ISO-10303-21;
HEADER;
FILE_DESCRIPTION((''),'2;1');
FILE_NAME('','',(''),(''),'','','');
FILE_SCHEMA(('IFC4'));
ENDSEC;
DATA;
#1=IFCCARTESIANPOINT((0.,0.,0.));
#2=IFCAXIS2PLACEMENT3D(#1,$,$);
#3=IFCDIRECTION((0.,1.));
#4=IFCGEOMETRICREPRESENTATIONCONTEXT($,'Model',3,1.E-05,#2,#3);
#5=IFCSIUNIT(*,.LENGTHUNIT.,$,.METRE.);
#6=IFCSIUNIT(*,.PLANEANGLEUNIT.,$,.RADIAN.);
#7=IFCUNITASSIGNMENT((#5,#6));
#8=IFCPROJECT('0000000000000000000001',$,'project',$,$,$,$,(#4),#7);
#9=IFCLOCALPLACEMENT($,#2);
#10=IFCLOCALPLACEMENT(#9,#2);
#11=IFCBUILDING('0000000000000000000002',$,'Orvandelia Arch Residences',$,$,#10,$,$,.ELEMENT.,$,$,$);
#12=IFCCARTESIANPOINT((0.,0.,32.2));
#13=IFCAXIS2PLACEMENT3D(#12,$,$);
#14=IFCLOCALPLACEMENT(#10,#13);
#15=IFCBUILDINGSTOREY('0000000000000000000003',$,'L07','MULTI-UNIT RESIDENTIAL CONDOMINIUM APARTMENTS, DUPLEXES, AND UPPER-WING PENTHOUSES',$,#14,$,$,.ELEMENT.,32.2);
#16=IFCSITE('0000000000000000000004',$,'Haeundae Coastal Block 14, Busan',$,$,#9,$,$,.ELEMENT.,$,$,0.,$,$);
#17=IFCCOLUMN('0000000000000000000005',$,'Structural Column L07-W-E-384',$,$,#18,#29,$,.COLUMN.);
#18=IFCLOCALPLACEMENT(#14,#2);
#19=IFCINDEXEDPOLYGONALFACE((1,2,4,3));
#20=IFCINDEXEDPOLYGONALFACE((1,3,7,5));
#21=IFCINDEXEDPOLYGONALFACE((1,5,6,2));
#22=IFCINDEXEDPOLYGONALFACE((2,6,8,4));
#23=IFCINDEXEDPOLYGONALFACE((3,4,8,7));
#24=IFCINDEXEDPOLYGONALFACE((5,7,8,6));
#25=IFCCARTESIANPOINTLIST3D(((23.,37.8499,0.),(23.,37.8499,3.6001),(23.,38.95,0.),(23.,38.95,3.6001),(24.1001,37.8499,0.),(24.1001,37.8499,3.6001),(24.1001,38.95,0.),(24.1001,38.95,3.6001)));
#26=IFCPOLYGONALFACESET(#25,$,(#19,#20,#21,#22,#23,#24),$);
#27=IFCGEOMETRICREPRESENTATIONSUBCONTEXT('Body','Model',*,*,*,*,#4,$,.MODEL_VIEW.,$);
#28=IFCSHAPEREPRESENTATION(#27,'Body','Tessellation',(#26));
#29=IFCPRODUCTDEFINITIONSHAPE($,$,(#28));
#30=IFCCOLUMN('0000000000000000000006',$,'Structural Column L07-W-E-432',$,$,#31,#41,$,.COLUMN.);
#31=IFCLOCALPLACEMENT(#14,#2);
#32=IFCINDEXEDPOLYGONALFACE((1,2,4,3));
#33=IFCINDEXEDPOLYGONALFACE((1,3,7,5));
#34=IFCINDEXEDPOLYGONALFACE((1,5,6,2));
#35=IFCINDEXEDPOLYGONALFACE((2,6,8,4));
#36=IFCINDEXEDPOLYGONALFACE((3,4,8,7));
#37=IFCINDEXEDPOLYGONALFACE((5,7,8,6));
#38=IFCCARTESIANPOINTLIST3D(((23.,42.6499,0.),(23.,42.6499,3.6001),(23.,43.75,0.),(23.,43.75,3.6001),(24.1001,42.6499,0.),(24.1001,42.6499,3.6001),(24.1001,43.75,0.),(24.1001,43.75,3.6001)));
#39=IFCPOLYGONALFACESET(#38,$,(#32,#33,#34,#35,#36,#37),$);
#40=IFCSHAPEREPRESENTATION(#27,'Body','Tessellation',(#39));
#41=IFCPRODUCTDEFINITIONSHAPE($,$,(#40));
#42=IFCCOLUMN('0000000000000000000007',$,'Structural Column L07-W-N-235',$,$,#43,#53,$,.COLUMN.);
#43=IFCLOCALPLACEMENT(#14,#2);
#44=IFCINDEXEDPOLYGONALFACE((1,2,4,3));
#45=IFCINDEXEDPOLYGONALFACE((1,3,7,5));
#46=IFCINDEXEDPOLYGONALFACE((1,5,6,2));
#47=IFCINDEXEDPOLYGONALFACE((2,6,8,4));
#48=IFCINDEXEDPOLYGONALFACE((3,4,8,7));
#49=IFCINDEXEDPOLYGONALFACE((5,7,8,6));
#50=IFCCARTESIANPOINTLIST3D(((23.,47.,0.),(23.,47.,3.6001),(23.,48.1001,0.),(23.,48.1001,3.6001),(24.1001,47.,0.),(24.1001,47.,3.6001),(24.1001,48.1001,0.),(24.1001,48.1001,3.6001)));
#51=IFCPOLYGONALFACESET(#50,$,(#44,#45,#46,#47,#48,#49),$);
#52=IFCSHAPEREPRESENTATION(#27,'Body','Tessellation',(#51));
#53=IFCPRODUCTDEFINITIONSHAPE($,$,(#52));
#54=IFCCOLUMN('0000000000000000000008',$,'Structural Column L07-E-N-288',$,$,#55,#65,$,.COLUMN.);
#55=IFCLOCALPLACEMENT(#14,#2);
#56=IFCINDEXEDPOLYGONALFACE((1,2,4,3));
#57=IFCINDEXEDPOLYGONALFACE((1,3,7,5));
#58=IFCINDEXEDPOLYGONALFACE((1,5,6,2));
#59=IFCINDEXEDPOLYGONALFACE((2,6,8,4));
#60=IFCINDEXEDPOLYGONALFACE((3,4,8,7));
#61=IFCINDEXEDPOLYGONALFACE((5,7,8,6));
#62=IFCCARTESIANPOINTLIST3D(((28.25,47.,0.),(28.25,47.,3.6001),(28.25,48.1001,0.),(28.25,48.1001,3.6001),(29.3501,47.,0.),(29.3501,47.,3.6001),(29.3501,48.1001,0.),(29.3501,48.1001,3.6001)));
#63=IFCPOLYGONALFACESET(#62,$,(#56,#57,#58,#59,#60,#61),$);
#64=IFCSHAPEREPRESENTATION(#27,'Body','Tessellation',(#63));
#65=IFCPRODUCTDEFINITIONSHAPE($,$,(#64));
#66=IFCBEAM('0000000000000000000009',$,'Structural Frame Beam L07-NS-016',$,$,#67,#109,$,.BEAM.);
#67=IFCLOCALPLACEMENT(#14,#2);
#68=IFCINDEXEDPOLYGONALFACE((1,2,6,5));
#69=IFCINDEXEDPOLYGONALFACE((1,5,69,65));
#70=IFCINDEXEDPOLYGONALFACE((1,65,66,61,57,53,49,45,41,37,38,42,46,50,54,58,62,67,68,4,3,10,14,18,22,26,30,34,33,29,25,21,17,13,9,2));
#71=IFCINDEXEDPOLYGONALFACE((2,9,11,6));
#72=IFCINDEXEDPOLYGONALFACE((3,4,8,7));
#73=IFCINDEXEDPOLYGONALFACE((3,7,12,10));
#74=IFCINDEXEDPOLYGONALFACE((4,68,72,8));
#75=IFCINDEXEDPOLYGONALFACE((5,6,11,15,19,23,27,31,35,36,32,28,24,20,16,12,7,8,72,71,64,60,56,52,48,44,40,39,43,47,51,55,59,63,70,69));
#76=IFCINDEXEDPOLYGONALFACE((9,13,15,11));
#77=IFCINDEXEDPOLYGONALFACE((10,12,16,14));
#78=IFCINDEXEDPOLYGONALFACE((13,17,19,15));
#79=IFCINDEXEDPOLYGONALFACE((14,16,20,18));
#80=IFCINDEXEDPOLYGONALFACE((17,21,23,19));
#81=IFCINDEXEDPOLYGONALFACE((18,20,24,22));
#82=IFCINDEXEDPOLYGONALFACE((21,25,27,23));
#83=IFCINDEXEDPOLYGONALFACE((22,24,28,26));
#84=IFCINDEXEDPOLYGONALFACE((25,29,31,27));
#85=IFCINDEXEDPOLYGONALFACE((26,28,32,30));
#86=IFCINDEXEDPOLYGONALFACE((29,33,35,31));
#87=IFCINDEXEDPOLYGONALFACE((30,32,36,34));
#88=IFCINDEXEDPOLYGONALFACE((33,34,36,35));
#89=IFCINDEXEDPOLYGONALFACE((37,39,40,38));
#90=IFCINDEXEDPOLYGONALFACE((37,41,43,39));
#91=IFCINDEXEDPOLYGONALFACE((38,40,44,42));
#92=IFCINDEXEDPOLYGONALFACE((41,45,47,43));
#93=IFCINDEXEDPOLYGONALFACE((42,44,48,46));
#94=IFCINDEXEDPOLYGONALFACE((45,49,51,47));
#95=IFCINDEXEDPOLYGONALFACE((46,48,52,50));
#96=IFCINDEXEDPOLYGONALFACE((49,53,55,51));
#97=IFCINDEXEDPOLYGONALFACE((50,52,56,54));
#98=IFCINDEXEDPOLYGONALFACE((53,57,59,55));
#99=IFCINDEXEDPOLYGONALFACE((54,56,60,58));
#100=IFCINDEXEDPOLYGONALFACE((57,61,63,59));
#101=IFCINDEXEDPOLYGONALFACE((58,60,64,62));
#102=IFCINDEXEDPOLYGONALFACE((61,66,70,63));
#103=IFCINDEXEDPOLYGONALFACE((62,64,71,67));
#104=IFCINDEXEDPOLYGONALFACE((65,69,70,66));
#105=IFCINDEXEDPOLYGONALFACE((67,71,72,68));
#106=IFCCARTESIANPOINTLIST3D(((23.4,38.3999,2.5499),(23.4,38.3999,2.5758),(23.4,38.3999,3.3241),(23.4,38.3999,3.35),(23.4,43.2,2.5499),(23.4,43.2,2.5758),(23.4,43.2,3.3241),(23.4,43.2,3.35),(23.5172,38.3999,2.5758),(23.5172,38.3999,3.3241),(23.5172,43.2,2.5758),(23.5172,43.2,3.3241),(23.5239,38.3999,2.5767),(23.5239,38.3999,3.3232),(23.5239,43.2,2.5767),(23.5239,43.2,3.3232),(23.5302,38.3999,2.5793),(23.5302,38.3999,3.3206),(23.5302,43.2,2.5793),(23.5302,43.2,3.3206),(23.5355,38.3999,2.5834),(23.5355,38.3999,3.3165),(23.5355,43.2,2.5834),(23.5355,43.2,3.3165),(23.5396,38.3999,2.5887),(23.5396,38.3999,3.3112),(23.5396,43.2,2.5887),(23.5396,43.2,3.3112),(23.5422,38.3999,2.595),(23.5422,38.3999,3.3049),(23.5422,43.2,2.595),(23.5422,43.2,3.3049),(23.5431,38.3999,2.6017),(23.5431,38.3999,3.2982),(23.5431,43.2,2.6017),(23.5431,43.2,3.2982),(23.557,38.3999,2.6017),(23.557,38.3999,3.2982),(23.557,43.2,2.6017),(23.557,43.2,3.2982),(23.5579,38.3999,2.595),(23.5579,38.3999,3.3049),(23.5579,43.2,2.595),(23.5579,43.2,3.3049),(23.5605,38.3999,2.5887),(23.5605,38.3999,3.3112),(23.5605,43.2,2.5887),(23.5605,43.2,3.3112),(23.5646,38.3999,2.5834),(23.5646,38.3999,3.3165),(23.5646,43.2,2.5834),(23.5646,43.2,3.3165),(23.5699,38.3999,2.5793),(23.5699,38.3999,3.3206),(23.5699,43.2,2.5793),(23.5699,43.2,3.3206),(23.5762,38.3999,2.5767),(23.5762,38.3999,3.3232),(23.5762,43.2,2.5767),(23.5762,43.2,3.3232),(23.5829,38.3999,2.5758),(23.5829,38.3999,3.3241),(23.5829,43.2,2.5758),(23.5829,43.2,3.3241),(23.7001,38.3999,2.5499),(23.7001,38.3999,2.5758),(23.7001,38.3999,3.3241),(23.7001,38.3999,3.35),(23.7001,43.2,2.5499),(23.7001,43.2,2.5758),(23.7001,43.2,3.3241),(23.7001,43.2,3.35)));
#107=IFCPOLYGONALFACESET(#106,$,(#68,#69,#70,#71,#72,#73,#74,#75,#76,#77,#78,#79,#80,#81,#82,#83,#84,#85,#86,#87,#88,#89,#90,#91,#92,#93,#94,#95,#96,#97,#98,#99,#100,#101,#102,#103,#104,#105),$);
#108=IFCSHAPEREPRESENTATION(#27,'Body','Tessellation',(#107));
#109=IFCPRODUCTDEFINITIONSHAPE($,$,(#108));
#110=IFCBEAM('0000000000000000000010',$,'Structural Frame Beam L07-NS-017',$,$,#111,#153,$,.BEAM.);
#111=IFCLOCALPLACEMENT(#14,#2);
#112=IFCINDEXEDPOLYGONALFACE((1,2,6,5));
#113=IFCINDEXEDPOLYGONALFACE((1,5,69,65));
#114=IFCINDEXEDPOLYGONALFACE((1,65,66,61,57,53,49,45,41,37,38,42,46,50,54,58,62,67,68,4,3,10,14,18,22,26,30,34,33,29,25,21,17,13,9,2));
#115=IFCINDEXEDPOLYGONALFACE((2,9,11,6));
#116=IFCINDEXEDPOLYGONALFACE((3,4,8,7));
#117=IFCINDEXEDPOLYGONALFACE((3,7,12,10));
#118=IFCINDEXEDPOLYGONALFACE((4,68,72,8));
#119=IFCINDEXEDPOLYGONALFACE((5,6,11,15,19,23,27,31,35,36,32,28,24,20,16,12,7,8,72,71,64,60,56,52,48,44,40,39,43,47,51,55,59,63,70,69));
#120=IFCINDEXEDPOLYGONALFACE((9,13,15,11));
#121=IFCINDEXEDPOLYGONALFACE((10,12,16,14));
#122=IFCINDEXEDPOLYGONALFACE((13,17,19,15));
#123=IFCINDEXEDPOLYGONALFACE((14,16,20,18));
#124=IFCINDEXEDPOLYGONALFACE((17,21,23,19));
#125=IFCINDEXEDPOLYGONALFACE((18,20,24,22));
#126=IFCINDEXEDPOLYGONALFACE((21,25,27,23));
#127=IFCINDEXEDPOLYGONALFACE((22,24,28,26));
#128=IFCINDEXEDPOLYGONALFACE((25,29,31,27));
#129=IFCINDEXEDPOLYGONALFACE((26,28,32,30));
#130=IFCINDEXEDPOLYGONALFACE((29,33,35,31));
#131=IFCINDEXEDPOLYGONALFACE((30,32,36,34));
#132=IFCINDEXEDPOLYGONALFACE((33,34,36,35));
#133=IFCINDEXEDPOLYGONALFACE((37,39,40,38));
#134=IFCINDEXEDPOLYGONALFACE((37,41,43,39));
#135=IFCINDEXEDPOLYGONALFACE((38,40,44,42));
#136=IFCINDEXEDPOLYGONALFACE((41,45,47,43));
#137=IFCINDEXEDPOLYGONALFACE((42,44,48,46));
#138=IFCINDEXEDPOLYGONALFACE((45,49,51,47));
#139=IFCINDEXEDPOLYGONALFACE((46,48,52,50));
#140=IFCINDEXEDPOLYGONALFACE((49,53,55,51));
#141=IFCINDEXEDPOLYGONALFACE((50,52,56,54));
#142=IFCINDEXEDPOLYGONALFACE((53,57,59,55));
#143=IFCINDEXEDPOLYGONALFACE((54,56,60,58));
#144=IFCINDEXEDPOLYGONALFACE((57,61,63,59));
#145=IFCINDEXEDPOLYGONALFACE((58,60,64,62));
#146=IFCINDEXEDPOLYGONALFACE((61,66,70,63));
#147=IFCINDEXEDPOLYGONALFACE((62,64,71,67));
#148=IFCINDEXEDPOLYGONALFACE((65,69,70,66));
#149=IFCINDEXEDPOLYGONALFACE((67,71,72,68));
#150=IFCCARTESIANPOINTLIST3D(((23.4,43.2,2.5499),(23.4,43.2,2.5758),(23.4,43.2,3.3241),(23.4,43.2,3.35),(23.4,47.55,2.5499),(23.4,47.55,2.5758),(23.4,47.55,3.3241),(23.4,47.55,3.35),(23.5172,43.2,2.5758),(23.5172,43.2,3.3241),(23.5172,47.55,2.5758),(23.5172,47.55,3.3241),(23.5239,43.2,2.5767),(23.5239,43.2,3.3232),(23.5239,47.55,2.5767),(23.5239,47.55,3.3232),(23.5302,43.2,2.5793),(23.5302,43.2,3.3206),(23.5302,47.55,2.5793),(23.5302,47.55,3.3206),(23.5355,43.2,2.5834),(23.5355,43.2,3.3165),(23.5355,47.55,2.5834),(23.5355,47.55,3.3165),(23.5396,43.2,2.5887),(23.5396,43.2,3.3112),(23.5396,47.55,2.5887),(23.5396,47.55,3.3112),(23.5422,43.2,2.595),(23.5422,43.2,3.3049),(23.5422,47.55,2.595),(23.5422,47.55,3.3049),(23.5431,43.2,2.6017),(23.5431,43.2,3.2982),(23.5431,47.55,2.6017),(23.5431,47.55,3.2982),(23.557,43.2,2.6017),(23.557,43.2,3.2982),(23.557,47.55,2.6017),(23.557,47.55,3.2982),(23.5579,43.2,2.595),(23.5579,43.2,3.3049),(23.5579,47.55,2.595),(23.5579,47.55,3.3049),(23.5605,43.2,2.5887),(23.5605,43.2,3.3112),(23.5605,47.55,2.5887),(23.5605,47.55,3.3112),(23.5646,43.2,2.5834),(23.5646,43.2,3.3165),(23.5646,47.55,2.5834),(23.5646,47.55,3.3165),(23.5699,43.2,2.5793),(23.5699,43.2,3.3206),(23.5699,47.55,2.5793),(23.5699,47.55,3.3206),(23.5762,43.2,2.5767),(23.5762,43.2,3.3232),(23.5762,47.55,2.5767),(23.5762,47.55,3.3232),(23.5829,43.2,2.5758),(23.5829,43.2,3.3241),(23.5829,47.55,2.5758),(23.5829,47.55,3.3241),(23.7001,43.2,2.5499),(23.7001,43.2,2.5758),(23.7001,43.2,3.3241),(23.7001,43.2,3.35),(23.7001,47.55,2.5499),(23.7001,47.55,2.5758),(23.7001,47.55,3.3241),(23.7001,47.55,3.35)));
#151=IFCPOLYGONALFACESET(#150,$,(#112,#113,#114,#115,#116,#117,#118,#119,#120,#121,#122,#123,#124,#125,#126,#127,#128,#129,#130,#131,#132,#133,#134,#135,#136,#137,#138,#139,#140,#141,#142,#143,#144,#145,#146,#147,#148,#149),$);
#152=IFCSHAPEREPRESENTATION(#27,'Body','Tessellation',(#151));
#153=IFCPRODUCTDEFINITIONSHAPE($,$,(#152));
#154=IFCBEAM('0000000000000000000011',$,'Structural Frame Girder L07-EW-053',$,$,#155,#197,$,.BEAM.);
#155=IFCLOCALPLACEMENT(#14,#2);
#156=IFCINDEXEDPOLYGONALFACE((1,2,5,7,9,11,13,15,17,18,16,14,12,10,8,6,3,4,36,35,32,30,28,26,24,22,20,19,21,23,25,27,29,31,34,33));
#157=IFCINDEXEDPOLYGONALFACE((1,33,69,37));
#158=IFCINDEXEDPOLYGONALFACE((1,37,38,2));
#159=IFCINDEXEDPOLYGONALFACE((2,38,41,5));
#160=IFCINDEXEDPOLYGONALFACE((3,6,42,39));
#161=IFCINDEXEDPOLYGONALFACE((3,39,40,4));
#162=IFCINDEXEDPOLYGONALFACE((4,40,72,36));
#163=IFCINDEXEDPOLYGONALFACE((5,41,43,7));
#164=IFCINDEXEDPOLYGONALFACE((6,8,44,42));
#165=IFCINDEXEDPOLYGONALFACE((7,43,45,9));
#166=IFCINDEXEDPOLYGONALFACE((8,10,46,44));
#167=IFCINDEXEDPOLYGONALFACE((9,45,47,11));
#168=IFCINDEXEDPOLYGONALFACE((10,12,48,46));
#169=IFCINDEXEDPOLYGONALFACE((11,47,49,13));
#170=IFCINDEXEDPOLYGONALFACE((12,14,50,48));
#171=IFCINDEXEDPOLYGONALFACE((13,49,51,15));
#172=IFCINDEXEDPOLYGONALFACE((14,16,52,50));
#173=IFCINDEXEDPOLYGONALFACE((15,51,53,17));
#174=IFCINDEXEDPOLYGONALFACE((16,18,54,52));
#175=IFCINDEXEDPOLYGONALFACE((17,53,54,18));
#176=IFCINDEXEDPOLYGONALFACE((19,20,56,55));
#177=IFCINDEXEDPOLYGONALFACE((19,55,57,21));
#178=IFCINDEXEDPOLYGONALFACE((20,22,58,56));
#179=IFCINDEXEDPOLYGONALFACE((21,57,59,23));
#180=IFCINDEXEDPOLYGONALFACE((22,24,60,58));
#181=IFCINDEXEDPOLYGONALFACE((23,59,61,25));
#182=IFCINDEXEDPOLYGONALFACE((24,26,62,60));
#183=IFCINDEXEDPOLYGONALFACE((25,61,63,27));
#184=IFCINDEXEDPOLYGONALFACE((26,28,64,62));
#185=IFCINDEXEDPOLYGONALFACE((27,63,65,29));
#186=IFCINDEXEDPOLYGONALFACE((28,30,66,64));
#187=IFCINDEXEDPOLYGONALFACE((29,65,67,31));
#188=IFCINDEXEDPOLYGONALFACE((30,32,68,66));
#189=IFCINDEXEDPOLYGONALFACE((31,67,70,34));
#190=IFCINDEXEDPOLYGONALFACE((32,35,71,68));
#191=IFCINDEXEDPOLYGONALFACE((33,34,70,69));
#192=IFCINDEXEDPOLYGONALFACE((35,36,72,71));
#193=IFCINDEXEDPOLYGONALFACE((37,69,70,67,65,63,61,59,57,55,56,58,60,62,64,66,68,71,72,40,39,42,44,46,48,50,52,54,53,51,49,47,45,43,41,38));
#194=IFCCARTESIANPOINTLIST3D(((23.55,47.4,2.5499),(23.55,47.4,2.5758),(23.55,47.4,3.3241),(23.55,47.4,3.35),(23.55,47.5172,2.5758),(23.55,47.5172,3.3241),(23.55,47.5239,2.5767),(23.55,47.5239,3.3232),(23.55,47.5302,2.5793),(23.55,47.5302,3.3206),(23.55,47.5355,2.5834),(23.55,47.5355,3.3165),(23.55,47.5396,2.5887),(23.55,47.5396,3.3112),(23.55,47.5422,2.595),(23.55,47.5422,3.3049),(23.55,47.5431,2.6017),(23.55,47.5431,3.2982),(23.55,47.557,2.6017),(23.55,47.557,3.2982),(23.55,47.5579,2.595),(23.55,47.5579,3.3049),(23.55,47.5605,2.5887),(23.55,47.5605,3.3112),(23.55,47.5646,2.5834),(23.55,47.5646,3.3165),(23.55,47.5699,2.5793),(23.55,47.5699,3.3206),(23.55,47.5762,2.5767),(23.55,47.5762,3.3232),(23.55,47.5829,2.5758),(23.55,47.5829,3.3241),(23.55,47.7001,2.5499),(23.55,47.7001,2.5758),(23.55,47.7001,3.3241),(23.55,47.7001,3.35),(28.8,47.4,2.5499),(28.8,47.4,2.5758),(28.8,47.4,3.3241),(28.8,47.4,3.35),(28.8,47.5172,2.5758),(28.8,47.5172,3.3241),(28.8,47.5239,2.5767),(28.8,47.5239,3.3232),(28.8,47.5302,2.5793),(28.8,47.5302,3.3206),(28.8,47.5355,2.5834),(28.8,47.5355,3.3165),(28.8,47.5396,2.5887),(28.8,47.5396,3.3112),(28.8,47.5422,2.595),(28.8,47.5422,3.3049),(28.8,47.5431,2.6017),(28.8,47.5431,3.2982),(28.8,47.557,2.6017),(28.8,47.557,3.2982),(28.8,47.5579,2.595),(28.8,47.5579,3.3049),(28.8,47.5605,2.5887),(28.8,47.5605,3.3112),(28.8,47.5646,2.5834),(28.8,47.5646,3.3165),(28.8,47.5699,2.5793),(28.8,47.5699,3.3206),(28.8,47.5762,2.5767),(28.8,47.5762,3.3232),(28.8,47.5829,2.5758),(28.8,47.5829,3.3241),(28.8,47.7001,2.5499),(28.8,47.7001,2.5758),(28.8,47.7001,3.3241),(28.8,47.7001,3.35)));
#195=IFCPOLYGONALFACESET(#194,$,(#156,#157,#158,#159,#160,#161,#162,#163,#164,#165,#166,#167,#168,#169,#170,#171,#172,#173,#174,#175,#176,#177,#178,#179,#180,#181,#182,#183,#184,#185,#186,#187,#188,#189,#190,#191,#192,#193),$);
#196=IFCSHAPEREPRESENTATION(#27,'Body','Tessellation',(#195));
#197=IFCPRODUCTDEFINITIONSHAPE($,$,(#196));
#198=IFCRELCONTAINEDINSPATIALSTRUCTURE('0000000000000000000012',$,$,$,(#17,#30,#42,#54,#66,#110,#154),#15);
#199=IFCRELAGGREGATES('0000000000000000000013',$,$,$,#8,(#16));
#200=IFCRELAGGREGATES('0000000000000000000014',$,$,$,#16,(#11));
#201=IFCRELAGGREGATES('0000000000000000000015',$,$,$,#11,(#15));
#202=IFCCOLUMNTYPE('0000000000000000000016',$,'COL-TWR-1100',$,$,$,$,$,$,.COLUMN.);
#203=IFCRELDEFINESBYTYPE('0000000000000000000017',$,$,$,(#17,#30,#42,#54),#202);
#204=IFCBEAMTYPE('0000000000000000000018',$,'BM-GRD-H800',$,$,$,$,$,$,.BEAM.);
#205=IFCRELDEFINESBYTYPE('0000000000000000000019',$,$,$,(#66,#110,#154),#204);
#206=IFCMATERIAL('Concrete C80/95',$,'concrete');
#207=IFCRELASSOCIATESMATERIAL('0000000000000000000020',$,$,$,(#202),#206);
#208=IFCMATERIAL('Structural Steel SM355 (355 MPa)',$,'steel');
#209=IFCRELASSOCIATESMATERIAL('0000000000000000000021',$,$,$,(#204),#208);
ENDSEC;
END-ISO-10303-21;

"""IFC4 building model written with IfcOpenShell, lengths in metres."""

from ifc_helpers import new_model, si_unit, direction, frame, origin, origin_2d, place, context, subcontext, project, spatial, rectangle, i_section, extrude, material, material_profile, profile_set, type_object, element, save


model = new_model("IFC4")

# Units and contexts
model_context = context("Model", 3, precision=1e-05, world=origin(), true_north=direction((0.0, 1.0)))
body_context = subcontext(model_context, "Body", "Model", "MODEL_VIEW")
ifc_project = project(units=[si_unit("LENGTHUNIT", "METRE"), si_unit("PLANEANGLEUNIT", "RADIAN")], contexts=[model_context])

# Site, building, storey
site_placement = place(None, origin())
site = spatial("IfcSite", under=ifc_project, at=site_placement, Name="Haeundae Coastal Block 14, Busan", CompositionType="ELEMENT", RefElevation=0.0)
building_placement = place(site_placement, origin())
building = spatial("IfcBuilding", under=site, at=building_placement, Name="Orvandelia Arch Residences", CompositionType="ELEMENT")
storey_placement = place(building_placement, frame((0.0, 0.0, 32.2)))
storey = spatial("IfcBuildingStorey", under=building, at=storey_placement, Name="L07", Description="MULTI-UNIT RESIDENTIAL CONDOMINIUM APARTMENTS, DUPLEXES, AND UPPER-WING PENTHOUSES", CompositionType="ELEMENT", Elevation=32.2)

# Columns
ifc_material_1 = material(Name="Concrete C80/95", Category="concrete")
ifc_material_profile_1 = material_profile(ifc_material_1, rectangle(XDim=1.1001, YDim=1.1001, at=origin_2d()), Name="Concrete C80/95", Category="concrete")
ifc_profile_set_1 = profile_set([ifc_material_profile_1], Name="Concrete C80/95")
column_type = type_object("IfcColumnType", Name="COL-TWR-1100", PredefinedType="COLUMN", material=ifc_profile_set_1)
for number, where, z_axis, x_axis, name in (
    (1, (23.55, 38.3999, 0.0), (0.0, 0.0, 1.0), (1.0, 0.0, 0.0), "Structural Column L07-W-E-384"),
    (2, (23.55, 43.2, 0.0), (0.0, 0.0, 1.0), (1.0, 0.0, 0.0), "Structural Column L07-W-E-432"),
    (3, (23.55, 47.55, 0.0), (0.0, 0.0, 1.0), (1.0, 0.0, 0.0), "Structural Column L07-W-N-235"),
    (4, (28.8, 47.55, 0.0), (0.0, 0.0, 1.0), (1.0, 0.0, 0.0), "Structural Column L07-E-N-288"),
):
    element("IfcColumn", number, at=place(storey_placement, frame(where, z_axis=z_axis, x_axis=x_axis)), inside=storey, type_object=column_type, Name=name, PredefinedType="COLUMN", context=body_context, shape_type="SweptSolid", body=[
        extrude(rectangle(XDim=1.1001, YDim=1.1001, at=origin_2d()), origin(), (0.0, 0.0, 1.0), 3.6001),
    ])

# Beams
ifc_material_2 = material(Name="Structural Steel SM355 (355 MPa)", Category="steel")
ifc_material_profile_2 = material_profile(ifc_material_2, i_section(OverallWidth=0.3, OverallDepth=0.8, WebThickness=0.0139, FlangeThickness=0.0259, FilletRadius=0.0259, at=origin_2d()), Name="Structural Steel SM355 (355 MPa)", Category="steel")
ifc_profile_set_2 = profile_set([ifc_material_profile_2], Name="Structural Steel SM355 (355 MPa)")
beam_type = type_object("IfcBeamType", Name="BM-GRD-H800", PredefinedType="BEAM", material=ifc_profile_set_2)
beam_1_placement = place(storey_placement, frame((23.55, 38.3999, 2.95), z_axis=(0.0, 1.0, 0.0), x_axis=(-1.0, 0.0, 0.0)))
element("IfcBeam", 5, at=beam_1_placement, inside=storey, type_object=beam_type, Name="Structural Frame Beam L07-NS-016", PredefinedType="BEAM", context=body_context, shape_type="SweptSolid", body=[
    extrude(i_section(OverallWidth=0.3, OverallDepth=0.8, WebThickness=0.0139, FlangeThickness=0.0259, FilletRadius=0.0259, at=origin_2d()), origin(), (0.0, 0.0, 1.0), 4.8),
])
beam_2_placement = place(storey_placement, frame((23.55, 43.2, 2.95), z_axis=(0.0, 1.0, 0.0), x_axis=(-1.0, 0.0, 0.0)))
element("IfcBeam", 6, at=beam_2_placement, inside=storey, type_object=beam_type, Name="Structural Frame Beam L07-NS-017", PredefinedType="BEAM", context=body_context, shape_type="SweptSolid", body=[
    extrude(i_section(OverallWidth=0.3, OverallDepth=0.8, WebThickness=0.0139, FlangeThickness=0.0259, FilletRadius=0.0259, at=origin_2d()), origin(), (0.0, 0.0, 1.0), 4.3501),
])
beam_3_placement = place(storey_placement, frame((23.55, 47.55, 2.95), z_axis=(1.0, 0.0, 0.0), x_axis=(0.0, 1.0, 0.0)))
element("IfcBeam", 7, at=beam_3_placement, inside=storey, type_object=beam_type, Name="Structural Frame Girder L07-EW-053", PredefinedType="BEAM", context=body_context, shape_type="SweptSolid", body=[
    extrude(i_section(OverallWidth=0.3, OverallDepth=0.8, WebThickness=0.0139, FlangeThickness=0.0259, FilletRadius=0.0259, at=origin_2d()), origin(), (0.0, 0.0, 1.0), 5.25),
])

save(model, "model.ifc")
